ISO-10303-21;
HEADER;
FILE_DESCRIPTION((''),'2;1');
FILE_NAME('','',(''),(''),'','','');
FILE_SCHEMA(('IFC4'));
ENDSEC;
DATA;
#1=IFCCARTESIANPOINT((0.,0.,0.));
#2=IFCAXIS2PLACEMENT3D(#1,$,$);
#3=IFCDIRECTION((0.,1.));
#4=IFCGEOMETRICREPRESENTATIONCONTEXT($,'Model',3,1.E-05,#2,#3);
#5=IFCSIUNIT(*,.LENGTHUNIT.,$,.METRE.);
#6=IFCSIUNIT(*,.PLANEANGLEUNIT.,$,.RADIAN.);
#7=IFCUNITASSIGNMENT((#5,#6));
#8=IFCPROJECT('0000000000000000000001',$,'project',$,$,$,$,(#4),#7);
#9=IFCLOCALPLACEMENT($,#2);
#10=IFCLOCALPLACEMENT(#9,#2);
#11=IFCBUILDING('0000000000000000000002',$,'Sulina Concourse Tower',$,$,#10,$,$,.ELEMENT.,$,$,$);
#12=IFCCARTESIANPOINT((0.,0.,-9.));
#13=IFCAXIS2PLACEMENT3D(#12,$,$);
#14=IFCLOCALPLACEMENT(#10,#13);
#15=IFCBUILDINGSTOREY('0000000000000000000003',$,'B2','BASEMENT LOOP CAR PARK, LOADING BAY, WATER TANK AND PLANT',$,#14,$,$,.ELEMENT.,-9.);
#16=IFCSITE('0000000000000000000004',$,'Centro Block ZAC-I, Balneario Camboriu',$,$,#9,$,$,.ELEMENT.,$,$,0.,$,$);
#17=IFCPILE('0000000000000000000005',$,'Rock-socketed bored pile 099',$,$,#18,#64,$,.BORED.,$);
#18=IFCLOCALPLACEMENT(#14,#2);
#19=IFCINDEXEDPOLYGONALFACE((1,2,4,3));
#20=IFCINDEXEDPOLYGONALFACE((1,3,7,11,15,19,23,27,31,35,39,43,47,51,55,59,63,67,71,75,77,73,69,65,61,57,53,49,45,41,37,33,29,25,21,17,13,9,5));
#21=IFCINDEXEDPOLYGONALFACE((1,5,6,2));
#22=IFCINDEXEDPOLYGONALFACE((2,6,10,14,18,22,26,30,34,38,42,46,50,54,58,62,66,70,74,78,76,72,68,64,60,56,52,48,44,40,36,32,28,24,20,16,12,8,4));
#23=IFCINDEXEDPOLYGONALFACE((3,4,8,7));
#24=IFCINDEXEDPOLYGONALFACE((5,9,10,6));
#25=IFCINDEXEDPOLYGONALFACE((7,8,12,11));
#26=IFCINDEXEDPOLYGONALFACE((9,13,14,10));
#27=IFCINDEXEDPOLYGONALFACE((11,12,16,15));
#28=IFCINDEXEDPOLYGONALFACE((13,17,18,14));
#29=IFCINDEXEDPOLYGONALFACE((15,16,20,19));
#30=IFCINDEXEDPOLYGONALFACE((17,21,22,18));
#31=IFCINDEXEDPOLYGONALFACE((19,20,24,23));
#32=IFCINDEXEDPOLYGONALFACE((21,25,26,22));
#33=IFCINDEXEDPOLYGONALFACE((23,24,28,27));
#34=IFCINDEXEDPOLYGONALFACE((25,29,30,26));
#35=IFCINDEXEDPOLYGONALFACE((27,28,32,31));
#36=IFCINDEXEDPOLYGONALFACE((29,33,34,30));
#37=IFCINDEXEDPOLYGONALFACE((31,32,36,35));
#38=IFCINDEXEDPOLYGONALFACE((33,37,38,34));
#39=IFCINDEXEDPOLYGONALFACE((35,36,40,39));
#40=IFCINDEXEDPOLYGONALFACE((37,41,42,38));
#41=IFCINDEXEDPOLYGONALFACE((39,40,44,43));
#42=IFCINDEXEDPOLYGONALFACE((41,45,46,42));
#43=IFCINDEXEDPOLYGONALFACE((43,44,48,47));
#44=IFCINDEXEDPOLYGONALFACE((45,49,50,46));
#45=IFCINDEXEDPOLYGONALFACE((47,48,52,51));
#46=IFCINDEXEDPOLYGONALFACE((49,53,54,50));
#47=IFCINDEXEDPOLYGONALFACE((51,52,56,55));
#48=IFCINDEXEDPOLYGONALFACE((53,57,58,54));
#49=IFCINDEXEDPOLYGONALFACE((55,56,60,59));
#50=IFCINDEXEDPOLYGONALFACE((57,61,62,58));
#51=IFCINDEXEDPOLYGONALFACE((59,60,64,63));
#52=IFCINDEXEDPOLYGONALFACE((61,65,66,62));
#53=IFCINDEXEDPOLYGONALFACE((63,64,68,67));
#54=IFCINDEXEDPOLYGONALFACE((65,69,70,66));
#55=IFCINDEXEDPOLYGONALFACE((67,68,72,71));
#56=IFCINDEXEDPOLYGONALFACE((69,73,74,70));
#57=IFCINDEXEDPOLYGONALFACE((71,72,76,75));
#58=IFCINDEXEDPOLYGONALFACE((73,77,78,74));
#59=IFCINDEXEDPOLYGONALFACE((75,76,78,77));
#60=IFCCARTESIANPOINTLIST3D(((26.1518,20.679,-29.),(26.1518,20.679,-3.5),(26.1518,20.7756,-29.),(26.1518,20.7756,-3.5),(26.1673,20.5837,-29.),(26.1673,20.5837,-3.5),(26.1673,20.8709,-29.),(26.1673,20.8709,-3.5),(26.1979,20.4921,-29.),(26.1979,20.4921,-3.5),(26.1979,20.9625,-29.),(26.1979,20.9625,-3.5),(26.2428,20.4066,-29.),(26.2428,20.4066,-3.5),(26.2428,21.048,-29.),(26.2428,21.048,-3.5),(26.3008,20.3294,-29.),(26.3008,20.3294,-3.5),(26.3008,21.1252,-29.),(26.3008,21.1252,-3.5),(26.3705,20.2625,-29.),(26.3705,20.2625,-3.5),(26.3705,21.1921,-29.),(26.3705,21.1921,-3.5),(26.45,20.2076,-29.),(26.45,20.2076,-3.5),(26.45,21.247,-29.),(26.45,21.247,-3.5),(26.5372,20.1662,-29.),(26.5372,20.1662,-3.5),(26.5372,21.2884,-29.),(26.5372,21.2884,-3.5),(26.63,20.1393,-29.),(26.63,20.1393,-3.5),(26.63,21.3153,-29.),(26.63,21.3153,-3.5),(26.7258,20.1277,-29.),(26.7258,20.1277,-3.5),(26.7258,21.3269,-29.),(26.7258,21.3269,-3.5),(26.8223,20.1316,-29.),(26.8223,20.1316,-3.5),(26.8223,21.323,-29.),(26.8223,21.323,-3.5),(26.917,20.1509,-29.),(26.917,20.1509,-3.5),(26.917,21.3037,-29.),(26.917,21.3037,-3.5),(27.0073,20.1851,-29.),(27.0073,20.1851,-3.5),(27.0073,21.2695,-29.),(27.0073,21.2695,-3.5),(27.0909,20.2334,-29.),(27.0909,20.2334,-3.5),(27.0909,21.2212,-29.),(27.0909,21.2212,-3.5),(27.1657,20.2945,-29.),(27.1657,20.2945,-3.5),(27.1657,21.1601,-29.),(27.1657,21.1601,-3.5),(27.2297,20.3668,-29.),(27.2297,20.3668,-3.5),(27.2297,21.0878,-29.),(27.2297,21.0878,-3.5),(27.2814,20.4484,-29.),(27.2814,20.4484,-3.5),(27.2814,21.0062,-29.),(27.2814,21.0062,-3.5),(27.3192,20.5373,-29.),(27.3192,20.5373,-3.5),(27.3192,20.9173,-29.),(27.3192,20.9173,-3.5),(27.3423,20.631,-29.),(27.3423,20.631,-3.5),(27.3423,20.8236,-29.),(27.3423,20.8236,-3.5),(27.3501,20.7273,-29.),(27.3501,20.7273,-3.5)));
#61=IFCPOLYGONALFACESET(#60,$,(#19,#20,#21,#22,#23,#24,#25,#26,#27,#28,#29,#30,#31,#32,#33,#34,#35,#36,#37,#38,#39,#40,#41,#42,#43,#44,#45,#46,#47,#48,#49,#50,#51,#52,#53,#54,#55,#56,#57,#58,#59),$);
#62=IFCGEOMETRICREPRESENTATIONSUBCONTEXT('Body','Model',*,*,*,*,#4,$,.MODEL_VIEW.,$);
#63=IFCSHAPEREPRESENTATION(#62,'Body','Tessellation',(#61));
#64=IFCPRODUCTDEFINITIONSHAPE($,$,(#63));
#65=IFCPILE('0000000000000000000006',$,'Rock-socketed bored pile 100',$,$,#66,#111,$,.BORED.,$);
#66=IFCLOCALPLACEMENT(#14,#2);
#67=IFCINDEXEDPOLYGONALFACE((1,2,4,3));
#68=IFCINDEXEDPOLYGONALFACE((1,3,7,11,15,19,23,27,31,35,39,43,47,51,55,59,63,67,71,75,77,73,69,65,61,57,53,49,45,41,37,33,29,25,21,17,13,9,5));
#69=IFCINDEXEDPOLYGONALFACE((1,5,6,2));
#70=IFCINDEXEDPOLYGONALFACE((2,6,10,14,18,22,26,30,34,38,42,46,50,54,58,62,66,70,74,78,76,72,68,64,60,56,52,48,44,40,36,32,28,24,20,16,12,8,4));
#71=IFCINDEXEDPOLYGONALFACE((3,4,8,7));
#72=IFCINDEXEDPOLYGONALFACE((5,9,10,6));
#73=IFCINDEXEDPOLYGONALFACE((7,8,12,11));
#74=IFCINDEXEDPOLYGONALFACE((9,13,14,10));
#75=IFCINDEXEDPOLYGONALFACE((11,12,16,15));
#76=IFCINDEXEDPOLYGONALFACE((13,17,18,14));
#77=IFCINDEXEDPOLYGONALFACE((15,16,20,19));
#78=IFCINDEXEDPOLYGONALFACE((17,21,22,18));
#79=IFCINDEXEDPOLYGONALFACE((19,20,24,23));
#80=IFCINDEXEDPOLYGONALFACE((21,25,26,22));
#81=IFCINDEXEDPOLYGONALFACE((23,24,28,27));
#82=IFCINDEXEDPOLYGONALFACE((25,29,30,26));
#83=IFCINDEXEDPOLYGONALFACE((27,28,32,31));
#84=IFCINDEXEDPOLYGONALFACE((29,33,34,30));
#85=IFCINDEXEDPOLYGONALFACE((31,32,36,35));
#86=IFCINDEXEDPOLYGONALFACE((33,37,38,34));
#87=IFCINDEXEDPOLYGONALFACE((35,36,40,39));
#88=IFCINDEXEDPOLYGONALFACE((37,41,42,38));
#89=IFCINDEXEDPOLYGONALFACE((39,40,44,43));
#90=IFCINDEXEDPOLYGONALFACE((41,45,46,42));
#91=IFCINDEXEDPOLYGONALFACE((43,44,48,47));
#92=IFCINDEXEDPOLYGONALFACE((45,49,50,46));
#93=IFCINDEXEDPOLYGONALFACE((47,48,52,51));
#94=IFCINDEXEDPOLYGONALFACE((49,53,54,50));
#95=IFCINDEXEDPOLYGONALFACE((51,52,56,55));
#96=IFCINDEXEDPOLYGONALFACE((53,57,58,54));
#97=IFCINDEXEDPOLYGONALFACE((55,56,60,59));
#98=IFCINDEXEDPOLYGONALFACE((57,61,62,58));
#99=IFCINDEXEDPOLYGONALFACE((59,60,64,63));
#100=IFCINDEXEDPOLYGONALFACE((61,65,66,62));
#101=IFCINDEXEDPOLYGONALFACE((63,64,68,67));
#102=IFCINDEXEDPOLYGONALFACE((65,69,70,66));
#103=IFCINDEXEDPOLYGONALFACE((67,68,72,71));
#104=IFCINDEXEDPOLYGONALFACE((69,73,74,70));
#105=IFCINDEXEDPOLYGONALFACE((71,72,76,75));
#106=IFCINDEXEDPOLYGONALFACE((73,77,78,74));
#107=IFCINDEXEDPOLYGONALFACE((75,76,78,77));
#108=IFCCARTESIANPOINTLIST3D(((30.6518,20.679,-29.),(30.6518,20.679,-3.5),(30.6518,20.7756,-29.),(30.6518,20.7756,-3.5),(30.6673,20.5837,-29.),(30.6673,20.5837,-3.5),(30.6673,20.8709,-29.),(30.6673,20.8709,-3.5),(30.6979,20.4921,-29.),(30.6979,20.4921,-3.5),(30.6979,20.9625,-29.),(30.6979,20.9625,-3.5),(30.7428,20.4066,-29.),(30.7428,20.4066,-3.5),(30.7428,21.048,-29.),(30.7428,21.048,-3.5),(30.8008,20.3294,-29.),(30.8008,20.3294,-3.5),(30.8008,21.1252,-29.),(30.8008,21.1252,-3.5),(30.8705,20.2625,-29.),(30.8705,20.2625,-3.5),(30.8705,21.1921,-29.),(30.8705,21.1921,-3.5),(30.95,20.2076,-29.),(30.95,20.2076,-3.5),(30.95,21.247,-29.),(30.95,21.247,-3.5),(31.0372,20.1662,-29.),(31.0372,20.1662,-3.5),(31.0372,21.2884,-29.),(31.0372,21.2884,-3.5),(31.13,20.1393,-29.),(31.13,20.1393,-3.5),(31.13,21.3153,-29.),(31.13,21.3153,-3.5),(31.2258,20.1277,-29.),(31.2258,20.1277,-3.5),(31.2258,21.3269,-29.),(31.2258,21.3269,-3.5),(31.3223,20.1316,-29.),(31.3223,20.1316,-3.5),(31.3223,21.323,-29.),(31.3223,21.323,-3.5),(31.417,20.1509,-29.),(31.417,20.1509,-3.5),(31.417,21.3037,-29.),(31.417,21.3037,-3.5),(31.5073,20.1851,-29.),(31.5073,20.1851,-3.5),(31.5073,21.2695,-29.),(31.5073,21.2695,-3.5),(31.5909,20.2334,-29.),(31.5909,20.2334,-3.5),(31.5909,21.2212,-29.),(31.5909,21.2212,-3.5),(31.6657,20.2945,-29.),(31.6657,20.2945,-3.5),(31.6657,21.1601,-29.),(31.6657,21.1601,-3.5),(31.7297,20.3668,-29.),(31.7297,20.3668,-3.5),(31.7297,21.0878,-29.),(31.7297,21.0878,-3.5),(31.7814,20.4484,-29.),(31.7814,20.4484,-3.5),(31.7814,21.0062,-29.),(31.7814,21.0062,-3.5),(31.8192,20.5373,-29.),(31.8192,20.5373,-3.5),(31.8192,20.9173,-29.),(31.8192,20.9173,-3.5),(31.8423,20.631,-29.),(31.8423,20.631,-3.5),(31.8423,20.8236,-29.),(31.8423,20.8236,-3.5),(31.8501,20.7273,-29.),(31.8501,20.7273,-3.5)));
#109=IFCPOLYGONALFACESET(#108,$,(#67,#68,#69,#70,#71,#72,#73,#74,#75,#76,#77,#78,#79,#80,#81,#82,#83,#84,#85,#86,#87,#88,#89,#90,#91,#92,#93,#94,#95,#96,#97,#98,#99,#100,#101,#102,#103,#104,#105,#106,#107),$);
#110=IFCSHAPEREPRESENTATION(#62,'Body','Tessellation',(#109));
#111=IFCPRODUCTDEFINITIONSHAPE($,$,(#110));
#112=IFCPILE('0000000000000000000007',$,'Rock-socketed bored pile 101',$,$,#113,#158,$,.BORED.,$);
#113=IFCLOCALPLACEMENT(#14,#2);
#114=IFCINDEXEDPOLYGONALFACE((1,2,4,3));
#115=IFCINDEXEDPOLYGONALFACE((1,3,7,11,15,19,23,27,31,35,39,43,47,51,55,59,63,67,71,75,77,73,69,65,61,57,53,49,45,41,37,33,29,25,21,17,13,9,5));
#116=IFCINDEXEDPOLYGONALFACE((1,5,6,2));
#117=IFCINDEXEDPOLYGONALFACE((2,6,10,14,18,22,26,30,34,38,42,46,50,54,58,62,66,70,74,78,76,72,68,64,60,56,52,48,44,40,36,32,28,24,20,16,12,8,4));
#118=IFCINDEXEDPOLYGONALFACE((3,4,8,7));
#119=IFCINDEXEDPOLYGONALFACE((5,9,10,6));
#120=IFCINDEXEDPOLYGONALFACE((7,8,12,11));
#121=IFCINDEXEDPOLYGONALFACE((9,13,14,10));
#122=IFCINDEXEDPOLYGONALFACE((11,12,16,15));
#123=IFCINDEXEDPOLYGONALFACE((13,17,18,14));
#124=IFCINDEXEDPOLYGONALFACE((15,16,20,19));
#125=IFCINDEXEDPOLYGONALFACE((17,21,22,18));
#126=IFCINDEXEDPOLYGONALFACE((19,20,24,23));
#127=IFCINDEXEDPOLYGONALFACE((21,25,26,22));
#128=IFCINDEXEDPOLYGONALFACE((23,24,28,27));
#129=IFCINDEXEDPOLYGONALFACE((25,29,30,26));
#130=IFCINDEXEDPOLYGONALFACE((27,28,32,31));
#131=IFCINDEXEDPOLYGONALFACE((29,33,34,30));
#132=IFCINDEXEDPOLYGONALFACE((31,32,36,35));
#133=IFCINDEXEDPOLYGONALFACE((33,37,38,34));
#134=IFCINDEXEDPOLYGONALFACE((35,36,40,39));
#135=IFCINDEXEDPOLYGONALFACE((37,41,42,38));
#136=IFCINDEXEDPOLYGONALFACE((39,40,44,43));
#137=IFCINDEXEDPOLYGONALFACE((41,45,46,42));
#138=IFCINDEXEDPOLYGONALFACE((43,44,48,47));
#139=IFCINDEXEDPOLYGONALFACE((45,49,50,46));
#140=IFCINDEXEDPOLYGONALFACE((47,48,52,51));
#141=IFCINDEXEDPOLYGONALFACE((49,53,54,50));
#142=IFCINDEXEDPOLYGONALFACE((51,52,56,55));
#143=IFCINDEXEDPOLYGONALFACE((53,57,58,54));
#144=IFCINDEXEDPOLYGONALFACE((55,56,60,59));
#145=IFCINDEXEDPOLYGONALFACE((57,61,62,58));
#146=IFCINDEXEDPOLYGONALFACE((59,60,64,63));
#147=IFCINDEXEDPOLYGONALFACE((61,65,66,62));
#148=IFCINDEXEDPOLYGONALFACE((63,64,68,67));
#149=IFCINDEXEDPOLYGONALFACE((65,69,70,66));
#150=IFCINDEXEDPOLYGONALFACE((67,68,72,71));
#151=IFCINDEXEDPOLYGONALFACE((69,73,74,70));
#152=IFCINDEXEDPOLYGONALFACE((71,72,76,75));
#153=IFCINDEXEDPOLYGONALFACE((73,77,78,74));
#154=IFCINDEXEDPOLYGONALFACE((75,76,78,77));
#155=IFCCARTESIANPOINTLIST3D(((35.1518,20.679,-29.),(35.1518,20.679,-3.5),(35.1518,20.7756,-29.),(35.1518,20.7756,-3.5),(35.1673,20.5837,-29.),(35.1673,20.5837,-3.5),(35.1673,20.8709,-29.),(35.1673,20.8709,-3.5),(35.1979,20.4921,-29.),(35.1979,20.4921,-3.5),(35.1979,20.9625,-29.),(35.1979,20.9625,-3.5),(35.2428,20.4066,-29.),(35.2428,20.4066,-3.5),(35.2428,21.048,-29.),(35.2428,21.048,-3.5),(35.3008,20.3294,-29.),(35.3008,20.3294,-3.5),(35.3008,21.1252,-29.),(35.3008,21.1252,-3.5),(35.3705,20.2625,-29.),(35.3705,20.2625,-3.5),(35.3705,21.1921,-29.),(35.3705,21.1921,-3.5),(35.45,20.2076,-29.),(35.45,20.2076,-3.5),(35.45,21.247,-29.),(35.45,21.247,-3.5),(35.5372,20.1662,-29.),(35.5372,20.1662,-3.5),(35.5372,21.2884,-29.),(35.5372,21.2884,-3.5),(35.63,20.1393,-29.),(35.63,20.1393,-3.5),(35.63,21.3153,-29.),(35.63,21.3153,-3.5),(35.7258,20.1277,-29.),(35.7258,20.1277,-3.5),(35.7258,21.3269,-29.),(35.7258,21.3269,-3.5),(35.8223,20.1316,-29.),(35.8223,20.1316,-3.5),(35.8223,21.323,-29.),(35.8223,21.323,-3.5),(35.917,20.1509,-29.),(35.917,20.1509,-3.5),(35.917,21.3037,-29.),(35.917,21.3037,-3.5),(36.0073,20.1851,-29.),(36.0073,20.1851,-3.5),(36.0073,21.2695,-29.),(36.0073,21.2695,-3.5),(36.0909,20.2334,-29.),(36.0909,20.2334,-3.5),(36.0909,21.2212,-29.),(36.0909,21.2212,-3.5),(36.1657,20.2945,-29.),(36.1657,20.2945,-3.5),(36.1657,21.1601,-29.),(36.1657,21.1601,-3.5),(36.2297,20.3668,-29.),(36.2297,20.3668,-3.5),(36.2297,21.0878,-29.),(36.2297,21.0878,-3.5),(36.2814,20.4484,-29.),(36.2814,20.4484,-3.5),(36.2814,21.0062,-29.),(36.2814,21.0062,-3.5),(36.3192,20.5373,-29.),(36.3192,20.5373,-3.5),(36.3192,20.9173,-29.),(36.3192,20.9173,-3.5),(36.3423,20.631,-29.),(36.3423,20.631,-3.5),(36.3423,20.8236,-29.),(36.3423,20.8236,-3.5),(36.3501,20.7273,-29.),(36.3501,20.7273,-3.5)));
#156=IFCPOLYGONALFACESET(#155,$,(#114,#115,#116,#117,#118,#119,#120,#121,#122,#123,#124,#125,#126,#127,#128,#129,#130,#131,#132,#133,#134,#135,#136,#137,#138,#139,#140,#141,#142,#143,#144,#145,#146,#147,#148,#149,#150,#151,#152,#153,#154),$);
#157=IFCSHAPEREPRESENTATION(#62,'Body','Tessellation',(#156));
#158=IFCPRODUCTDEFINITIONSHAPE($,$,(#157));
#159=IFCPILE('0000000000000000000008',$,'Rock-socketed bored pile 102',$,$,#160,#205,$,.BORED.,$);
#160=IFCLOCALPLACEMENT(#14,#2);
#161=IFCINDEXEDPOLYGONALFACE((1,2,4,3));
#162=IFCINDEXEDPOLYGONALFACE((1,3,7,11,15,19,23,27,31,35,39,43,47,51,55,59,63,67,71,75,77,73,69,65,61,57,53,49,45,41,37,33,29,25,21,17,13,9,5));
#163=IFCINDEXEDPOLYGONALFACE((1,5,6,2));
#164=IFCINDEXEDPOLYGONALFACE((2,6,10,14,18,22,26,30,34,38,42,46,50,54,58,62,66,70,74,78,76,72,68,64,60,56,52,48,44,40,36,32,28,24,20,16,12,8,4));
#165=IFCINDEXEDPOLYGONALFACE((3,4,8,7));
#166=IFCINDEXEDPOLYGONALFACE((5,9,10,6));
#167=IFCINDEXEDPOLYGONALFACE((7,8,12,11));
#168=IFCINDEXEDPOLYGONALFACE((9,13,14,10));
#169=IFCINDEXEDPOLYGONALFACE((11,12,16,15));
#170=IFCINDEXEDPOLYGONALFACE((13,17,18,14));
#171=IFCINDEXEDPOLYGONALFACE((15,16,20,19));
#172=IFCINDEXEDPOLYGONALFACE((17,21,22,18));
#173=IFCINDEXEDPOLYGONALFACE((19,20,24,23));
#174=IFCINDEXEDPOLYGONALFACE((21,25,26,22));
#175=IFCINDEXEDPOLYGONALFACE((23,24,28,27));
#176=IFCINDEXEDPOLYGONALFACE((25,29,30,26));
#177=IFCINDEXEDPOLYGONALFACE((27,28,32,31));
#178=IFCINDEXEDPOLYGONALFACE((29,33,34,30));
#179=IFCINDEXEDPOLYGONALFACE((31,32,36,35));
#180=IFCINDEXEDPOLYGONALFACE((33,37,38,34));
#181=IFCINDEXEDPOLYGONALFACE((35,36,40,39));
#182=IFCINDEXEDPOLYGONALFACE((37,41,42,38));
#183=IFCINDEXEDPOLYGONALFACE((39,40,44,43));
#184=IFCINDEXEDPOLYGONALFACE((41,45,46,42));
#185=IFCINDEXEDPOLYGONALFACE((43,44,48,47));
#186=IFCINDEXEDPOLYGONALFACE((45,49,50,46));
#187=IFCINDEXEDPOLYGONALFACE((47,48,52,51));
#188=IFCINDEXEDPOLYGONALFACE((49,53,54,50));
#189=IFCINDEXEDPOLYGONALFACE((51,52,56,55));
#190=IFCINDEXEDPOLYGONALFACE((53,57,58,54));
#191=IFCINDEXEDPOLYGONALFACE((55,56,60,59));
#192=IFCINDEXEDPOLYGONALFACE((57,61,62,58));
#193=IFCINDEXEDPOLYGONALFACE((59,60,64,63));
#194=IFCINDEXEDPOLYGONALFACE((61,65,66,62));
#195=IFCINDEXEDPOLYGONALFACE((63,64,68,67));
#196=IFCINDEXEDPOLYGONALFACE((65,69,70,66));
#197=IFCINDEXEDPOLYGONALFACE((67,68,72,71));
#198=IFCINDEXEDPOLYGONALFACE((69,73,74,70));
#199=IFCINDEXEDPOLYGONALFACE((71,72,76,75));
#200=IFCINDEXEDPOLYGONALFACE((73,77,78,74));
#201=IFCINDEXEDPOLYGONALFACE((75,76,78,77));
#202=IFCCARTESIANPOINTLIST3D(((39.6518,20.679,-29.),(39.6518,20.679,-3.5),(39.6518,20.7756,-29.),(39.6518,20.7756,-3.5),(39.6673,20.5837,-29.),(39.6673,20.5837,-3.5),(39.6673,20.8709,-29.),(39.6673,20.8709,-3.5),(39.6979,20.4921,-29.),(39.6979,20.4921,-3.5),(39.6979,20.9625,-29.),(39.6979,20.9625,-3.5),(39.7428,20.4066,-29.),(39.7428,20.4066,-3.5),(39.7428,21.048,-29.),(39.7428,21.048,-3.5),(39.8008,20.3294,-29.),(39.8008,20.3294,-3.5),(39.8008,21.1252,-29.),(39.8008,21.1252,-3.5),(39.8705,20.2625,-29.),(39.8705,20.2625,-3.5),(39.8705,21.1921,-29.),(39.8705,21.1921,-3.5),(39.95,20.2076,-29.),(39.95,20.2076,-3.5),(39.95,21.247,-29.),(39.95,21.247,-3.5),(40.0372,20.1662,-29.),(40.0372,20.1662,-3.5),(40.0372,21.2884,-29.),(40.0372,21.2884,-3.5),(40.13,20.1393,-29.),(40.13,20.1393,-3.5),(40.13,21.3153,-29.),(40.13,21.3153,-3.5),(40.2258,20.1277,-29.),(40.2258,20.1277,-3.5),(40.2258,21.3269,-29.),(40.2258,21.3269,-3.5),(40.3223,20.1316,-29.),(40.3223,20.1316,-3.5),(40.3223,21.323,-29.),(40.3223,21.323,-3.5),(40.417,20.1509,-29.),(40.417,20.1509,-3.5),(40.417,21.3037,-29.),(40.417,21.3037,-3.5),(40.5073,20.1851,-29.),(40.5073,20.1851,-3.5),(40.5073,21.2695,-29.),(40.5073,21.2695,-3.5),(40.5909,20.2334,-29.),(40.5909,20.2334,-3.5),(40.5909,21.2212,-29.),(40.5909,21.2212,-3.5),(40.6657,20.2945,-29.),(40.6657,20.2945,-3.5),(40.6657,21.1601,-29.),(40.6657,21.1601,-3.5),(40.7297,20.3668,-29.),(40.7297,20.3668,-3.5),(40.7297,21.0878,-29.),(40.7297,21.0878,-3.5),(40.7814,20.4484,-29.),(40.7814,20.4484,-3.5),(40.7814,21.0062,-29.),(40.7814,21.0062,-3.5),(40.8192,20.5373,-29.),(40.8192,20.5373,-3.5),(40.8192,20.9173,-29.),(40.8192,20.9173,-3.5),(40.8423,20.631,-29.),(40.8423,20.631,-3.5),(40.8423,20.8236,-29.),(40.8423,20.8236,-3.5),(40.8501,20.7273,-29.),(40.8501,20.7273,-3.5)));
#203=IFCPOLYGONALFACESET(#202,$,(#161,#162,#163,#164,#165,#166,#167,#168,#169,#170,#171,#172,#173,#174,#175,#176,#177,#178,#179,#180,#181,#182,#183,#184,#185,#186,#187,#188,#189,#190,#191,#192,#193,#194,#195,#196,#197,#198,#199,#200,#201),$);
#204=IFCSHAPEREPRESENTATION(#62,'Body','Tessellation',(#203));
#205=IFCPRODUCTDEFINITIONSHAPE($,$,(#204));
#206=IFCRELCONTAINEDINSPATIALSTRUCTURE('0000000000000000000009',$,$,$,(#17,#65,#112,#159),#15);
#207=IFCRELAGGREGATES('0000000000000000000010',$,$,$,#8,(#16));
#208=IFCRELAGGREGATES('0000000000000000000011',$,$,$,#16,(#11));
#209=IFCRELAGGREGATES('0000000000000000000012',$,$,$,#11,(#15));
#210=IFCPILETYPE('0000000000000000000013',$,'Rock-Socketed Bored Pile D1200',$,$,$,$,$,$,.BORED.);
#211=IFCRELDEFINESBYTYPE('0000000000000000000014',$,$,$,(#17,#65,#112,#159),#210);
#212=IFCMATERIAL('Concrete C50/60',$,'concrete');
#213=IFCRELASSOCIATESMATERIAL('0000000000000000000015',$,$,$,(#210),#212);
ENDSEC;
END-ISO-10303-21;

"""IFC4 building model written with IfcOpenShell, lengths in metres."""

from ifc_helpers import new_model, si_unit, direction, frame, origin, origin_2d, place, context, subcontext, project, spatial, circle, extrude, material, material_profile, profile_set, type_object, element, save


model = new_model("IFC4")

# Units and contexts
model_context = context("Model", 3, precision=1e-05, world=origin(), true_north=direction((0.0, 1.0)))
body_context = subcontext(model_context, "Body", "Model", "MODEL_VIEW")
ifc_project = project(units=[si_unit("LENGTHUNIT", "METRE"), si_unit("PLANEANGLEUNIT", "RADIAN")], contexts=[model_context])

# Site, building, storey
site_placement = place(None, origin())
site = spatial("IfcSite", under=ifc_project, at=site_placement, Name="Centro Block ZAC-I, Balneario Camboriu", CompositionType="ELEMENT", RefElevation=0.0)
building_placement = place(site_placement, origin())
building = spatial("IfcBuilding", under=site, at=building_placement, Name="Sulina Concourse Tower", CompositionType="ELEMENT")
storey_placement = place(building_placement, frame((0.0, 0.0, -9.0)))
storey = spatial("IfcBuildingStorey", under=building, at=storey_placement, Name="B2", Description="BASEMENT LOOP CAR PARK, LOADING BAY, WATER TANK AND PLANT", CompositionType="ELEMENT", Elevation=-9.0)

# Piles
ifc_material_1 = material(Name="Concrete C50/60", Category="concrete")
ifc_material_profile_1 = material_profile(ifc_material_1, circle(Radius=0.6001, at=origin_2d()), Name="PILE D1200")
ifc_profile_set_1 = profile_set([ifc_material_profile_1], Name="Concrete C50/60")
pile_type_1 = type_object("IfcPileType", Name="Rock-Socketed Bored Pile D1200", PredefinedType="BORED", material=ifc_profile_set_1)
for number, where, z_axis, x_axis, name in (
    (1, (26.75, 20.7273, -3.5), (0.0, 0.0, -1.0), (1.0, 0.0, 0.0), "Rock-socketed bored pile 099"),
    (2, (31.25, 20.7273, -3.5), (0.0, 0.0, -1.0), (1.0, 0.0, 0.0), "Rock-socketed bored pile 100"),
    (3, (35.75, 20.7273, -3.5), (0.0, 0.0, -1.0), (1.0, 0.0, 0.0), "Rock-socketed bored pile 101"),
    (4, (40.25, 20.7273, -3.5), (0.0, 0.0, -1.0), (1.0, 0.0, 0.0), "Rock-socketed bored pile 102"),
):
    element("IfcPile", number, at=place(storey_placement, frame(where, z_axis=z_axis, x_axis=x_axis)), inside=storey, type_object=pile_type_1, Name=name, PredefinedType="BORED", context=body_context, shape_type="SweptSolid", body=[
        extrude(circle(Radius=0.6001, at=origin_2d()), origin(), (0.0, 0.0, 1.0), 25.5),
    ])

save(model, "model.ifc")
